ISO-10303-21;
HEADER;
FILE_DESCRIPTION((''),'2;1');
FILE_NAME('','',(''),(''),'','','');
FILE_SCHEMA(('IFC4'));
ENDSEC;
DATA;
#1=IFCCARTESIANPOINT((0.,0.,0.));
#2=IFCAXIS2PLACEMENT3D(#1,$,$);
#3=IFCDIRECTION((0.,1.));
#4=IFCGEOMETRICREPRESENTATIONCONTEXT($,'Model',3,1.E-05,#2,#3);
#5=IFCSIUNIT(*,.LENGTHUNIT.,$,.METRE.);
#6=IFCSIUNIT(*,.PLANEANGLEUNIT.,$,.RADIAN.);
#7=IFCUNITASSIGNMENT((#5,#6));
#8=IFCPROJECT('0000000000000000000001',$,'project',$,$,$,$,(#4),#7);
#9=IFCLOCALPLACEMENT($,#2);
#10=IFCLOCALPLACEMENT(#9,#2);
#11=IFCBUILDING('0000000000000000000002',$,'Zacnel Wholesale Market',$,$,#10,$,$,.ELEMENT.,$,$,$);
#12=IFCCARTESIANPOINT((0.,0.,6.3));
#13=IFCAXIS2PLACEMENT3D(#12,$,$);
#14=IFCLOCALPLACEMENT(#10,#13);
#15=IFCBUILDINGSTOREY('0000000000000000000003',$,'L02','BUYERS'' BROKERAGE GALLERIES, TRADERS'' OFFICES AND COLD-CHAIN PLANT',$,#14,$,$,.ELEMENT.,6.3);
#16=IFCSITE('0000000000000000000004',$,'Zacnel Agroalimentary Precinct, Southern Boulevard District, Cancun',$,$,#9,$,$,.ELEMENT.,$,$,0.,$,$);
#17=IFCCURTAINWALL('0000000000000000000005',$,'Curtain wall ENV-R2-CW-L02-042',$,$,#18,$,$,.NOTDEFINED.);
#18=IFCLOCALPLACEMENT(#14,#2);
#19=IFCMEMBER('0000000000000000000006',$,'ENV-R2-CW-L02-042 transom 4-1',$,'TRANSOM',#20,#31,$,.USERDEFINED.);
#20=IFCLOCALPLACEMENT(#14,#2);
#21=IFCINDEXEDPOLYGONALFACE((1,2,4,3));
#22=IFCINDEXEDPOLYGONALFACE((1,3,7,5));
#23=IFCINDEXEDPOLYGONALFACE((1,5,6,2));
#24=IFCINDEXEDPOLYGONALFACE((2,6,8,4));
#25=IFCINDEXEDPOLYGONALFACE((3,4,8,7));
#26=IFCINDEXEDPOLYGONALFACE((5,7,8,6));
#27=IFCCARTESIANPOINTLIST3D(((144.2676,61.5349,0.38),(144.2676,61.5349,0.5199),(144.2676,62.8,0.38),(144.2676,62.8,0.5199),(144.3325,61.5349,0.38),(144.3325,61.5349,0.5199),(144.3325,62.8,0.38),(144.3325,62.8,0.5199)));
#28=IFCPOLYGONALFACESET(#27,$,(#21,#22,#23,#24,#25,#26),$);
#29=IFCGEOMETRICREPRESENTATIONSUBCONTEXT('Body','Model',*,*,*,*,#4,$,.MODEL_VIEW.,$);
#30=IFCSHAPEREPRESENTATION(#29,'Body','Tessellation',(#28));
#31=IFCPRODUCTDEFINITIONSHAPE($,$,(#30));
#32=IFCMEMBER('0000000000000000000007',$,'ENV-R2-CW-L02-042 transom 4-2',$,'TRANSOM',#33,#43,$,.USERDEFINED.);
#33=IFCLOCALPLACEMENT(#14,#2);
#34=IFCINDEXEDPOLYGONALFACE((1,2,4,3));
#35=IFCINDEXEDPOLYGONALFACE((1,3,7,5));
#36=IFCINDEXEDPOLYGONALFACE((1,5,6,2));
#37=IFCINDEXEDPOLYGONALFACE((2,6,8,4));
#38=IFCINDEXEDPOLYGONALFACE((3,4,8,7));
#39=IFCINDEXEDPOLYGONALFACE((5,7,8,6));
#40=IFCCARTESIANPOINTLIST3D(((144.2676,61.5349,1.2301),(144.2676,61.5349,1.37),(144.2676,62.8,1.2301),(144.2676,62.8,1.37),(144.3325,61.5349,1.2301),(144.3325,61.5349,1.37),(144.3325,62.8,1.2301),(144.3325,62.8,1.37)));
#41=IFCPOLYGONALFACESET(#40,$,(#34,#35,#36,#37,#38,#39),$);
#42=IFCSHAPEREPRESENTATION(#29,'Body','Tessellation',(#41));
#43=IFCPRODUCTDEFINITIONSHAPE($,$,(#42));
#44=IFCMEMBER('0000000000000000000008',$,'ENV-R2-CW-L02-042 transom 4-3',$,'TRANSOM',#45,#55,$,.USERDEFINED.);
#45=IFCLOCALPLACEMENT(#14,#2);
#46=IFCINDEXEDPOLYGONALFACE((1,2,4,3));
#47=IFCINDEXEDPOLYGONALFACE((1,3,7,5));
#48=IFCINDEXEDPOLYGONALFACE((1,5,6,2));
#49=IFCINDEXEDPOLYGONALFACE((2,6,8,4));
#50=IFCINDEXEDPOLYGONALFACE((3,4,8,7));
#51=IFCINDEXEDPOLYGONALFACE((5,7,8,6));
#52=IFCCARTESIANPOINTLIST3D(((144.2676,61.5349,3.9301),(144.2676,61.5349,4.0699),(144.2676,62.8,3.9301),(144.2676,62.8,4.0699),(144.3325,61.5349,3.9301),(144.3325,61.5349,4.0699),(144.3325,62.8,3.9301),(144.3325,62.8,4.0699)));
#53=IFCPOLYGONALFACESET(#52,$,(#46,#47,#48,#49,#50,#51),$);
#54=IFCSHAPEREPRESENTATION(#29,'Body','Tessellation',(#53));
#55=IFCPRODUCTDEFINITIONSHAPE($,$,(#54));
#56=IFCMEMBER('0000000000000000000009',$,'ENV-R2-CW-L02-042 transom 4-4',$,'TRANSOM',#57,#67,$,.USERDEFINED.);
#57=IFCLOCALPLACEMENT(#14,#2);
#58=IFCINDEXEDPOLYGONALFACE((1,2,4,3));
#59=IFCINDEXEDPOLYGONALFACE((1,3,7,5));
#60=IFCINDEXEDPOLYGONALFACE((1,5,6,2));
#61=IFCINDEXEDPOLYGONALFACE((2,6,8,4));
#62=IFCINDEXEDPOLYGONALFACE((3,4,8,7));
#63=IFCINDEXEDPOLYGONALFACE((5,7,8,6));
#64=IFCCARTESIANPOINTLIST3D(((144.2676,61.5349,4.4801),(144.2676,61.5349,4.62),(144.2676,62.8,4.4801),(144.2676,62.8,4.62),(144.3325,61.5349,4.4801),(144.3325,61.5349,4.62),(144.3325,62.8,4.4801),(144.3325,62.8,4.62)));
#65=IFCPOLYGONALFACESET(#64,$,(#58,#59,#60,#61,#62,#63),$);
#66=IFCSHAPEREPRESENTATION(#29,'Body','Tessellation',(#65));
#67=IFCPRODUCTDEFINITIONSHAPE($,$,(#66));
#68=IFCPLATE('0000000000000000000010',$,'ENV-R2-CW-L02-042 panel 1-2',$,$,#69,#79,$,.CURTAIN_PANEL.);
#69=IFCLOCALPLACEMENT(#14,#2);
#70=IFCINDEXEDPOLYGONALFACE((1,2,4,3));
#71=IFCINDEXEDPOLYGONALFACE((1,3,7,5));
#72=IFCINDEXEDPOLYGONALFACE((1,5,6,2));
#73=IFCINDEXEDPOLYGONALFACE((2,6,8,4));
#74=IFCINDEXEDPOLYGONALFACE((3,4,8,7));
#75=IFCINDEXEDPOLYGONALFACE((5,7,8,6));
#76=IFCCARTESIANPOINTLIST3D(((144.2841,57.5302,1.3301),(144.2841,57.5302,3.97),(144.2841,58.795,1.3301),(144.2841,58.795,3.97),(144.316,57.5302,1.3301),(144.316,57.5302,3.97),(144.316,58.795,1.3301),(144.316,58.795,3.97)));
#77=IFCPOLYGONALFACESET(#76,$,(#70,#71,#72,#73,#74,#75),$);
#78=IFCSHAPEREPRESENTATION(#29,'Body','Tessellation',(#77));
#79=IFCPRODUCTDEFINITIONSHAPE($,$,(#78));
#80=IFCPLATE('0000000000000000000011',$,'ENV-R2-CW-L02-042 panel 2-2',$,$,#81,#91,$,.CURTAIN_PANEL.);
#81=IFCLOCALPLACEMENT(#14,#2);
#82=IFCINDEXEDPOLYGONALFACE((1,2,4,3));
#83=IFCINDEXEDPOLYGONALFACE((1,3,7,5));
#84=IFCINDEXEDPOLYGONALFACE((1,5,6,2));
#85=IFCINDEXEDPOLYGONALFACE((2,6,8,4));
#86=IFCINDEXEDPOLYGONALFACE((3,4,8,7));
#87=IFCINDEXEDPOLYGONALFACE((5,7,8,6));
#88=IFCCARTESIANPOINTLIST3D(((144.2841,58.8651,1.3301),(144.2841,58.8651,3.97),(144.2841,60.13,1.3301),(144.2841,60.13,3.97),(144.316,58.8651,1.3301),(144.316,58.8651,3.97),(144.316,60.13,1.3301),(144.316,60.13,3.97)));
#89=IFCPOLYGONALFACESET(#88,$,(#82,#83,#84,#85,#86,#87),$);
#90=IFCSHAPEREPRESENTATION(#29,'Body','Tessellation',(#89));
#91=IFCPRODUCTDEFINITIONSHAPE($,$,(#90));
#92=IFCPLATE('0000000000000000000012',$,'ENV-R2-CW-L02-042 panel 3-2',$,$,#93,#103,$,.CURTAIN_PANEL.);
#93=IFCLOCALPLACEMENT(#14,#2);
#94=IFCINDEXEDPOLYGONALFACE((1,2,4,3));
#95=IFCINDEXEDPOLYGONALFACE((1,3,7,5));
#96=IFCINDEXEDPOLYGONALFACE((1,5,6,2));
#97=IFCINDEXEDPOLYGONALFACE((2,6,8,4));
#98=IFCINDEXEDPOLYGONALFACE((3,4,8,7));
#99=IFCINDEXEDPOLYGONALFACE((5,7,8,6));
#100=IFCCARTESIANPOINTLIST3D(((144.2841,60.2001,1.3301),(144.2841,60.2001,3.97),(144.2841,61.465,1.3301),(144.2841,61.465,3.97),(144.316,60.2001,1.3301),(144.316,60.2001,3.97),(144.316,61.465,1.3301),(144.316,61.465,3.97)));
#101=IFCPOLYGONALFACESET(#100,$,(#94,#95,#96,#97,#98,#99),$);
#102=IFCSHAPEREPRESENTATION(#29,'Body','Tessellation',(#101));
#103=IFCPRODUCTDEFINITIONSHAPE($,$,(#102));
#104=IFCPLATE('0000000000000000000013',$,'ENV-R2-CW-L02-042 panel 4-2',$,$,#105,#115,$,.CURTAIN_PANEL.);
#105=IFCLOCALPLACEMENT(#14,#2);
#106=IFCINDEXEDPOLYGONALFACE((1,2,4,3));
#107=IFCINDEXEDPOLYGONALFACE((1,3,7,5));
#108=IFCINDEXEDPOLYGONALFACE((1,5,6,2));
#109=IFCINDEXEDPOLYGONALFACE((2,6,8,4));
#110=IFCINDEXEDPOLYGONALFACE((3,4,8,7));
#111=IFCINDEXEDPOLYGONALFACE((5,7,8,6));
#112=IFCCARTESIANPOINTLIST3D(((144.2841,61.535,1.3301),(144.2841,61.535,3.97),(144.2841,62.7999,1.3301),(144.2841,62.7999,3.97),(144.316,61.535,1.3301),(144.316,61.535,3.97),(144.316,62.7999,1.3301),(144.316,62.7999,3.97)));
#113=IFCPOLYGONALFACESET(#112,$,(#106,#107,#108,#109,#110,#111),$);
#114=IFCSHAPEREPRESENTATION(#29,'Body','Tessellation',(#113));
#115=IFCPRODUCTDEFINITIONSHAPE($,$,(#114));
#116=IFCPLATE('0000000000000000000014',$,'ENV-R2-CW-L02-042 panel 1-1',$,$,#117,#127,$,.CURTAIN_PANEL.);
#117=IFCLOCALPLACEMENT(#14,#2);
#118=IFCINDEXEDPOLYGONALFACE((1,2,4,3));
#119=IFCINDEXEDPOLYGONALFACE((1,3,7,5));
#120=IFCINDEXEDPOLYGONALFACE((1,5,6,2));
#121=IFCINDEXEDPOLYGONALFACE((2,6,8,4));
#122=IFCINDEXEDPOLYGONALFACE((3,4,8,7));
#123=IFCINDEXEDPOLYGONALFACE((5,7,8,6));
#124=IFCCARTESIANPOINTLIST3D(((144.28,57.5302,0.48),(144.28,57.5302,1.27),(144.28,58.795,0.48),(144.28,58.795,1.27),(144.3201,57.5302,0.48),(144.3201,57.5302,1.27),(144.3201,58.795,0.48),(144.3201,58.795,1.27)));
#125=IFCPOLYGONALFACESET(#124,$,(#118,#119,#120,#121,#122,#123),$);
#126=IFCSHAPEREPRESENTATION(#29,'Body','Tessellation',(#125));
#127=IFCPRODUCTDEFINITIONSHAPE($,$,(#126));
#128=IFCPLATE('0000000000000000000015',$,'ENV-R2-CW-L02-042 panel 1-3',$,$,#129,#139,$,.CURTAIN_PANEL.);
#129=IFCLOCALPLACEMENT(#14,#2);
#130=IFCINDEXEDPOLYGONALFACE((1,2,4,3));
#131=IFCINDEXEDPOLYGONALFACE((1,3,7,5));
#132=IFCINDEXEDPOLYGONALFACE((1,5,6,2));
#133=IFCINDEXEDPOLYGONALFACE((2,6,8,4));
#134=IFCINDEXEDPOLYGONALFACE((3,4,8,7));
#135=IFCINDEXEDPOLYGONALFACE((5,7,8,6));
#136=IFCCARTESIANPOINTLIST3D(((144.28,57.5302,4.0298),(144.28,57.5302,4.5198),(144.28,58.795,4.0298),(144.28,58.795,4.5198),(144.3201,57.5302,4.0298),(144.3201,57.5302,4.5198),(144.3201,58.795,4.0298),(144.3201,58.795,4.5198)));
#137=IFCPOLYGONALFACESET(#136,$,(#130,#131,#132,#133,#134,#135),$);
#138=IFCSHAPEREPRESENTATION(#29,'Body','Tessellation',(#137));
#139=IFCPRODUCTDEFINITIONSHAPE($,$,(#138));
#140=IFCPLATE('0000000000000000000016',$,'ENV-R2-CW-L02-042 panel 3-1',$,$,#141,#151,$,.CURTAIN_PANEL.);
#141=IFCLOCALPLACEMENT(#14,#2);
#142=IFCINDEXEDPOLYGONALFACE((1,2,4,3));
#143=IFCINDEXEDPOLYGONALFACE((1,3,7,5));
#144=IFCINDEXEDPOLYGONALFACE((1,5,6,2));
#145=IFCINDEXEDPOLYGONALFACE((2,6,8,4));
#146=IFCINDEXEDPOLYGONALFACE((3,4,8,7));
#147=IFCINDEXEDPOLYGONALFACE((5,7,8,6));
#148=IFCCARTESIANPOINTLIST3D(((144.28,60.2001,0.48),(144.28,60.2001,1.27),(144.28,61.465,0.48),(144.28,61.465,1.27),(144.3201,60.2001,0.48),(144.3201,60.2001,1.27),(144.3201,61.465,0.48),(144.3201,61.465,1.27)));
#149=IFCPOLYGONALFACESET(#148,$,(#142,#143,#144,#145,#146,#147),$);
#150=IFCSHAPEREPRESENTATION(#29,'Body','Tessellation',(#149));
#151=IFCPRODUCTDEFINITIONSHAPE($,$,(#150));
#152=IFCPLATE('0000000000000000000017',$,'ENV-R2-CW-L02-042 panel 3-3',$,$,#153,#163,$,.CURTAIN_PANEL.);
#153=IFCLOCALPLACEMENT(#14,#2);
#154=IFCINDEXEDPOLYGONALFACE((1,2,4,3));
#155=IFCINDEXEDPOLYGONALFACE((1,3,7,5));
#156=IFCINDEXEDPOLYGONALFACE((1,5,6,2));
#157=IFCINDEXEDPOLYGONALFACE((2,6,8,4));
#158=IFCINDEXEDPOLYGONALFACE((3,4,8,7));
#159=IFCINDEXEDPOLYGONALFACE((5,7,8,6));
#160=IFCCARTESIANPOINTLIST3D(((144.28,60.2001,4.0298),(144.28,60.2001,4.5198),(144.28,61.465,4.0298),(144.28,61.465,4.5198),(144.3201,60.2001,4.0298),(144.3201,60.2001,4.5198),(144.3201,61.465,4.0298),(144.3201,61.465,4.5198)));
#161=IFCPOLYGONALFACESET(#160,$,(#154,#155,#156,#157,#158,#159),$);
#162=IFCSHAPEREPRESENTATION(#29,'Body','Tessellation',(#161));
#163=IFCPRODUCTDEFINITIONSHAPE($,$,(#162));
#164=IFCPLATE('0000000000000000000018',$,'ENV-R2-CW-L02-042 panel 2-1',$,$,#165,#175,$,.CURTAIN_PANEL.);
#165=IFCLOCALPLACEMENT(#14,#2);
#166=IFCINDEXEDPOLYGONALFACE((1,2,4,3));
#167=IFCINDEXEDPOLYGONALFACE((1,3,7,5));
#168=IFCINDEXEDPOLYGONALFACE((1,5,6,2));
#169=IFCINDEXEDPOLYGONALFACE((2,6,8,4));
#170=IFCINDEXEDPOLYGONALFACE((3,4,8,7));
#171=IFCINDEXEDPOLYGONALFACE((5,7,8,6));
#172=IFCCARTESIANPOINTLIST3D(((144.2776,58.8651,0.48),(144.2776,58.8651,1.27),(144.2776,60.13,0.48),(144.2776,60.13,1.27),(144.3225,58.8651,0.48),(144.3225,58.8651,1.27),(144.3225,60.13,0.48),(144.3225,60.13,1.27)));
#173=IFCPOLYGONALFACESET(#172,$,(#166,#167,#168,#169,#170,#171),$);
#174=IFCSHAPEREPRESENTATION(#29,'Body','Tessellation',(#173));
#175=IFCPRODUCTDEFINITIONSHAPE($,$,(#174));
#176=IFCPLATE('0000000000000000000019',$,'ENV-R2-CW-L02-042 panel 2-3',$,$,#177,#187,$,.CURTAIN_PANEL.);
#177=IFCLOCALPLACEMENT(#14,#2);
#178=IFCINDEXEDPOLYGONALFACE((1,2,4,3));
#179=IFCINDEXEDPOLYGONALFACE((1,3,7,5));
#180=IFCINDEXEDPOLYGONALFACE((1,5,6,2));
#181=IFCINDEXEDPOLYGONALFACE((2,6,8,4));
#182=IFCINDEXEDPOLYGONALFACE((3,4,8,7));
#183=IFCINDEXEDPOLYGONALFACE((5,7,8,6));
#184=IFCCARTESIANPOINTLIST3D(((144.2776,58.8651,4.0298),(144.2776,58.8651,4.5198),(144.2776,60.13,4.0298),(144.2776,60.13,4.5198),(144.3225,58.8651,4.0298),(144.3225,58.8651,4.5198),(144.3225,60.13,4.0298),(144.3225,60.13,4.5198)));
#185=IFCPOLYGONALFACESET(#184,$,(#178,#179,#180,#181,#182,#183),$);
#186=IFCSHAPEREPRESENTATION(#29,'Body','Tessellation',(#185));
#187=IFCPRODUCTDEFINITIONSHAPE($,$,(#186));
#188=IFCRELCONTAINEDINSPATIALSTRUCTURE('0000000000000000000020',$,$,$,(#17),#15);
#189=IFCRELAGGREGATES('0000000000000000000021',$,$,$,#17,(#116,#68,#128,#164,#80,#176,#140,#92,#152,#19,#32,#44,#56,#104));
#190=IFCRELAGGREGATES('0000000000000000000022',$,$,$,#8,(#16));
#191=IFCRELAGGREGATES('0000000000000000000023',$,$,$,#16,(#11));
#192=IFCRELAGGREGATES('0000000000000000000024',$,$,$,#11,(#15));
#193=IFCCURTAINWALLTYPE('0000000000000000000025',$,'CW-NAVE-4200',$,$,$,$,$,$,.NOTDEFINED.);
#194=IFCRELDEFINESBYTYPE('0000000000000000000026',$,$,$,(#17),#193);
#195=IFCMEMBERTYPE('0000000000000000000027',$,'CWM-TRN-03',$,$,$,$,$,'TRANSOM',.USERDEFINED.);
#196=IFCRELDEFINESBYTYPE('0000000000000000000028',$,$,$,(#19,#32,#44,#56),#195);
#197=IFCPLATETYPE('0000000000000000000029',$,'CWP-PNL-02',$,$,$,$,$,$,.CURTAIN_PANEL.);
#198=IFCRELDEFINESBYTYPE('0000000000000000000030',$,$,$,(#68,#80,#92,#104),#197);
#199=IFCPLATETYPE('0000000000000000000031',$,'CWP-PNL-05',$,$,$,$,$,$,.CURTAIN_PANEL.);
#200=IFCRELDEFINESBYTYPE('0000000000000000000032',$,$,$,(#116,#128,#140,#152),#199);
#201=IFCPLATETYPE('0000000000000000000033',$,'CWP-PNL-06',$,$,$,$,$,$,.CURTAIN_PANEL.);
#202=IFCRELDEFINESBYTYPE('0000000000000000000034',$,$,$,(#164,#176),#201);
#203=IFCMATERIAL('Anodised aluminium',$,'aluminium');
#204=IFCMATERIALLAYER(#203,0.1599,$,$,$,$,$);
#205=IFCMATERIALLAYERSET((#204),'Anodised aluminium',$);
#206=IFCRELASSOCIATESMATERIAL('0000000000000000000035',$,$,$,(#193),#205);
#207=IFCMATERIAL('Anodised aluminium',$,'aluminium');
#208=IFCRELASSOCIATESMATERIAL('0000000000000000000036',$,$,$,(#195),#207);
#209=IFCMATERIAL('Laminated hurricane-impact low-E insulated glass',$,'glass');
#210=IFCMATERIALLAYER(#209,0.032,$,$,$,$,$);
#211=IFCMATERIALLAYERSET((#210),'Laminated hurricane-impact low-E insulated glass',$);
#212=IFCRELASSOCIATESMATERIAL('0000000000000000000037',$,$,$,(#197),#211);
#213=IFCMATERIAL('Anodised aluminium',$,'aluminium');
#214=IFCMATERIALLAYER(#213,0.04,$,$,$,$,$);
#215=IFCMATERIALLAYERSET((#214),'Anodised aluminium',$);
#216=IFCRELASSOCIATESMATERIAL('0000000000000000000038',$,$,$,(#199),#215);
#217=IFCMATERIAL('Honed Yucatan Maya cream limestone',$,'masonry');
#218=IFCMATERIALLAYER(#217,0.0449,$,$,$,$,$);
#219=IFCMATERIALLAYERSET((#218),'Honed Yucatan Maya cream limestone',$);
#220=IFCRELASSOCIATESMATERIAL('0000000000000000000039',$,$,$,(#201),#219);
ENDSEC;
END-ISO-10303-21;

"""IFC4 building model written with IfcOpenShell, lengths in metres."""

from ifc_helpers import new_model, si_unit, direction, frame, origin, origin_2d, place, context, subcontext, project, spatial, rectangle, extrude, material, layer, layer_set, material_profile, profile_set, type_object, element, aggregate, save


model = new_model("IFC4")

# Units and contexts
model_context = context("Model", 3, precision=1e-05, world=origin(), true_north=direction((0.0, 1.0)))
body_context = subcontext(model_context, "Body", "Model", "MODEL_VIEW")
ifc_project = project(units=[si_unit("LENGTHUNIT", "METRE"), si_unit("PLANEANGLEUNIT", "RADIAN")], contexts=[model_context])

# Site, building, storey
site_placement = place(None, origin())
site = spatial("IfcSite", under=ifc_project, at=site_placement, Name="Zacnel Agroalimentary Precinct, Southern Boulevard District, Cancun", CompositionType="ELEMENT", RefElevation=0.0)
building_placement = place(site_placement, origin())
building = spatial("IfcBuilding", under=site, at=building_placement, Name="Zacnel Wholesale Market", CompositionType="ELEMENT")
storey_placement = place(building_placement, frame((0.0, 0.0, 6.3)))
storey = spatial("IfcBuildingStorey", under=building, at=storey_placement, Name="L02", Description="BUYERS' BROKERAGE GALLERIES, TRADERS' OFFICES AND COLD-CHAIN PLANT", CompositionType="ELEMENT", Elevation=6.3)

# Curtain wall, members, plates
ifc_material_1 = material(Name="Anodised aluminium", Category="aluminium")
ifc_layer_1 = layer(ifc_material_1, 0.1599)
ifc_layer_set_1 = layer_set([ifc_layer_1], Name="Anodised aluminium")
curtain_wall_type = type_object("IfcCurtainWallType", Name="CW-NAVE-4200", PredefinedType="NOTDEFINED", material=ifc_layer_set_1)
curtain_wall_placement = place(storey_placement, origin())
curtain_wall = element("IfcCurtainWall", 1, at=curtain_wall_placement, inside=storey, type_object=curtain_wall_type, Name="Curtain wall ENV-R2-CW-L02-042", PredefinedType="NOTDEFINED")
ifc_material_2 = material(Name="Anodised aluminium", Category="aluminium")
ifc_material_profile_1 = material_profile(ifc_material_2, rectangle(XDim=0.0649, YDim=0.1399, at=origin_2d()), Name="AW-TRANSOM 65x140")
ifc_profile_set_1 = profile_set([ifc_material_profile_1], Name="Anodised aluminium")
member_type_1 = type_object("IfcMemberType", Name="CWM-TRN-03", ElementType="TRANSOM", PredefinedType="USERDEFINED", material=ifc_profile_set_1)
member_1_placement = place(storey_placement, frame((144.3, 61.5349, 0.45), z_axis=(0.0, 1.0, 0.0), x_axis=(-1.0, 0.0, 0.0)))
member_1 = element("IfcMember", 2, at=member_1_placement, type_object=member_type_1, Name="ENV-R2-CW-L02-042 transom 4-1", ObjectType="TRANSOM", PredefinedType="USERDEFINED", context=body_context, shape_type="SweptSolid", body=[
    extrude(rectangle(XDim=0.0649, YDim=0.1399, at=origin_2d()), origin(), (0.0, 0.0, 1.0), 1.2651),
])
member_2_placement = place(storey_placement, frame((144.3, 61.5349, 1.3), z_axis=(0.0, 1.0, 0.0), x_axis=(-1.0, 0.0, 0.0)))
member_2 = element("IfcMember", 3, at=member_2_placement, type_object=member_type_1, Name="ENV-R2-CW-L02-042 transom 4-2", ObjectType="TRANSOM", PredefinedType="USERDEFINED", context=body_context, shape_type="SweptSolid", body=[
    extrude(rectangle(XDim=0.0649, YDim=0.1399, at=origin_2d()), origin(), (0.0, 0.0, 1.0), 1.2651),
])
member_3_placement = place(storey_placement, frame((144.3, 61.5349, 4.0), z_axis=(0.0, 1.0, 0.0), x_axis=(-1.0, 0.0, 0.0)))
member_3 = element("IfcMember", 4, at=member_3_placement, type_object=member_type_1, Name="ENV-R2-CW-L02-042 transom 4-3", ObjectType="TRANSOM", PredefinedType="USERDEFINED", context=body_context, shape_type="SweptSolid", body=[
    extrude(rectangle(XDim=0.0649, YDim=0.1399, at=origin_2d()), origin(), (0.0, 0.0, 1.0), 1.2651),
])
member_4_placement = place(storey_placement, frame((144.3, 61.5349, 4.55), z_axis=(0.0, 1.0, 0.0), x_axis=(-1.0, 0.0, 0.0)))
member_4 = element("IfcMember", 5, at=member_4_placement, type_object=member_type_1, Name="ENV-R2-CW-L02-042 transom 4-4", ObjectType="TRANSOM", PredefinedType="USERDEFINED", context=body_context, shape_type="SweptSolid", body=[
    extrude(rectangle(XDim=0.0649, YDim=0.1399, at=origin_2d()), origin(), (0.0, 0.0, 1.0), 1.2651),
])
ifc_material_3 = material(Name="Laminated hurricane-impact low-E insulated glass", Category="glass")
ifc_layer_2 = layer(ifc_material_3, 0.032)
ifc_layer_set_2 = layer_set([ifc_layer_2], Name="Laminated hurricane-impact low-E insulated glass")
plate_type_1 = type_object("IfcPlateType", Name="CWP-PNL-02", PredefinedType="CURTAIN_PANEL", material=ifc_layer_set_2)
plate_1_placement = place(storey_placement, frame((144.3, 58.1626, 1.3301), z_axis=(0.0, 0.0, 1.0), x_axis=(0.0, 1.0, 0.0)))
plate_1 = element("IfcPlate", 6, at=plate_1_placement, type_object=plate_type_1, Name="ENV-R2-CW-L02-042 panel 1-2", PredefinedType="CURTAIN_PANEL", context=body_context, shape_type="SweptSolid", body=[
    extrude(rectangle(XDim=1.2649, YDim=0.032, at=origin_2d()), origin(), (0.0, 0.0, 1.0), 2.6399),
])
plate_2_placement = place(storey_placement, frame((144.3, 59.4976, 1.3301), z_axis=(0.0, 0.0, 1.0), x_axis=(0.0, 1.0, 0.0)))
plate_2 = element("IfcPlate", 7, at=plate_2_placement, type_object=plate_type_1, Name="ENV-R2-CW-L02-042 panel 2-2", PredefinedType="CURTAIN_PANEL", context=body_context, shape_type="SweptSolid", body=[
    extrude(rectangle(XDim=1.2649, YDim=0.032, at=origin_2d()), origin(), (0.0, 0.0, 1.0), 2.6399),
])
plate_3_placement = place(storey_placement, frame((144.3, 60.8325, 1.3301), z_axis=(0.0, 0.0, 1.0), x_axis=(0.0, 1.0, 0.0)))
plate_3 = element("IfcPlate", 8, at=plate_3_placement, type_object=plate_type_1, Name="ENV-R2-CW-L02-042 panel 3-2", PredefinedType="CURTAIN_PANEL", context=body_context, shape_type="SweptSolid", body=[
    extrude(rectangle(XDim=1.2649, YDim=0.032, at=origin_2d()), origin(), (0.0, 0.0, 1.0), 2.6399),
])
plate_4_placement = place(storey_placement, frame((144.3, 62.1675, 1.3301), z_axis=(0.0, 0.0, 1.0), x_axis=(0.0, 1.0, 0.0)))
plate_4 = element("IfcPlate", 9, at=plate_4_placement, type_object=plate_type_1, Name="ENV-R2-CW-L02-042 panel 4-2", PredefinedType="CURTAIN_PANEL", context=body_context, shape_type="SweptSolid", body=[
    extrude(rectangle(XDim=1.2649, YDim=0.032, at=origin_2d()), origin(), (0.0, 0.0, 1.0), 2.6399),
])
ifc_material_4 = material(Name="Anodised aluminium", Category="aluminium")
ifc_layer_3 = layer(ifc_material_4, 0.04)
ifc_layer_set_3 = layer_set([ifc_layer_3], Name="Anodised aluminium")
plate_type_2 = type_object("IfcPlateType", Name="CWP-PNL-05", PredefinedType="CURTAIN_PANEL", material=ifc_layer_set_3)
plate_5_placement = place(storey_placement, frame((144.3, 58.1626, 0.48), z_axis=(0.0, 0.0, 1.0), x_axis=(0.0, 1.0, 0.0)))
plate_5 = element("IfcPlate", 10, at=plate_5_placement, type_object=plate_type_2, Name="ENV-R2-CW-L02-042 panel 1-1", PredefinedType="CURTAIN_PANEL", context=body_context, shape_type="SweptSolid", body=[
    extrude(rectangle(XDim=1.2649, YDim=0.04, at=origin_2d()), origin(), (0.0, 0.0, 1.0), 0.79),
])
plate_6_placement = place(storey_placement, frame((144.3, 58.1626, 4.0298), z_axis=(0.0, 0.0, 1.0), x_axis=(0.0, 1.0, 0.0)))
plate_6 = element("IfcPlate", 11, at=plate_6_placement, type_object=plate_type_2, Name="ENV-R2-CW-L02-042 panel 1-3", PredefinedType="CURTAIN_PANEL", context=body_context, shape_type="SweptSolid", body=[
    extrude(rectangle(XDim=1.2649, YDim=0.04, at=origin_2d()), origin(), (0.0, 0.0, 1.0), 0.49),
])
plate_7_placement = place(storey_placement, frame((144.3, 60.8325, 0.48), z_axis=(0.0, 0.0, 1.0), x_axis=(0.0, 1.0, 0.0)))
plate_7 = element("IfcPlate", 12, at=plate_7_placement, type_object=plate_type_2, Name="ENV-R2-CW-L02-042 panel 3-1", PredefinedType="CURTAIN_PANEL", context=body_context, shape_type="SweptSolid", body=[
    extrude(rectangle(XDim=1.2649, YDim=0.04, at=origin_2d()), origin(), (0.0, 0.0, 1.0), 0.79),
])
plate_8_placement = place(storey_placement, frame((144.3, 60.8325, 4.0298), z_axis=(0.0, 0.0, 1.0), x_axis=(0.0, 1.0, 0.0)))
plate_8 = element("IfcPlate", 13, at=plate_8_placement, type_object=plate_type_2, Name="ENV-R2-CW-L02-042 panel 3-3", PredefinedType="CURTAIN_PANEL", context=body_context, shape_type="SweptSolid", body=[
    extrude(rectangle(XDim=1.2649, YDim=0.04, at=origin_2d()), origin(), (0.0, 0.0, 1.0), 0.49),
])
ifc_material_5 = material(Name="Honed Yucatan Maya cream limestone", Category="masonry")
ifc_layer_4 = layer(ifc_material_5, 0.0449)
ifc_layer_set_4 = layer_set([ifc_layer_4], Name="Honed Yucatan Maya cream limestone")
plate_type_3 = type_object("IfcPlateType", Name="CWP-PNL-06", PredefinedType="CURTAIN_PANEL", material=ifc_layer_set_4)
plate_9_placement = place(storey_placement, frame((144.3, 59.4976, 0.48), z_axis=(0.0, 0.0, 1.0), x_axis=(0.0, 1.0, 0.0)))
plate_9 = element("IfcPlate", 14, at=plate_9_placement, type_object=plate_type_3, Name="ENV-R2-CW-L02-042 panel 2-1", PredefinedType="CURTAIN_PANEL", context=body_context, shape_type="SweptSolid", body=[
    extrude(rectangle(XDim=1.2649, YDim=0.0449, at=origin_2d()), origin(), (0.0, 0.0, 1.0), 0.79),
])
plate_10_placement = place(storey_placement, frame((144.3, 59.4976, 4.0298), z_axis=(0.0, 0.0, 1.0), x_axis=(0.0, 1.0, 0.0)))
plate_10 = element("IfcPlate", 15, at=plate_10_placement, type_object=plate_type_3, Name="ENV-R2-CW-L02-042 panel 2-3", PredefinedType="CURTAIN_PANEL", context=body_context, shape_type="SweptSolid", body=[
    extrude(rectangle(XDim=1.2649, YDim=0.0449, at=origin_2d()), origin(), (0.0, 0.0, 1.0), 0.49),
])
aggregate(curtain_wall, [plate_5, plate_1, plate_6, plate_9, plate_2, plate_10, plate_7, plate_3, plate_8, member_1, member_2, member_3, member_4, plate_4])

save(model, "model.ifc")
